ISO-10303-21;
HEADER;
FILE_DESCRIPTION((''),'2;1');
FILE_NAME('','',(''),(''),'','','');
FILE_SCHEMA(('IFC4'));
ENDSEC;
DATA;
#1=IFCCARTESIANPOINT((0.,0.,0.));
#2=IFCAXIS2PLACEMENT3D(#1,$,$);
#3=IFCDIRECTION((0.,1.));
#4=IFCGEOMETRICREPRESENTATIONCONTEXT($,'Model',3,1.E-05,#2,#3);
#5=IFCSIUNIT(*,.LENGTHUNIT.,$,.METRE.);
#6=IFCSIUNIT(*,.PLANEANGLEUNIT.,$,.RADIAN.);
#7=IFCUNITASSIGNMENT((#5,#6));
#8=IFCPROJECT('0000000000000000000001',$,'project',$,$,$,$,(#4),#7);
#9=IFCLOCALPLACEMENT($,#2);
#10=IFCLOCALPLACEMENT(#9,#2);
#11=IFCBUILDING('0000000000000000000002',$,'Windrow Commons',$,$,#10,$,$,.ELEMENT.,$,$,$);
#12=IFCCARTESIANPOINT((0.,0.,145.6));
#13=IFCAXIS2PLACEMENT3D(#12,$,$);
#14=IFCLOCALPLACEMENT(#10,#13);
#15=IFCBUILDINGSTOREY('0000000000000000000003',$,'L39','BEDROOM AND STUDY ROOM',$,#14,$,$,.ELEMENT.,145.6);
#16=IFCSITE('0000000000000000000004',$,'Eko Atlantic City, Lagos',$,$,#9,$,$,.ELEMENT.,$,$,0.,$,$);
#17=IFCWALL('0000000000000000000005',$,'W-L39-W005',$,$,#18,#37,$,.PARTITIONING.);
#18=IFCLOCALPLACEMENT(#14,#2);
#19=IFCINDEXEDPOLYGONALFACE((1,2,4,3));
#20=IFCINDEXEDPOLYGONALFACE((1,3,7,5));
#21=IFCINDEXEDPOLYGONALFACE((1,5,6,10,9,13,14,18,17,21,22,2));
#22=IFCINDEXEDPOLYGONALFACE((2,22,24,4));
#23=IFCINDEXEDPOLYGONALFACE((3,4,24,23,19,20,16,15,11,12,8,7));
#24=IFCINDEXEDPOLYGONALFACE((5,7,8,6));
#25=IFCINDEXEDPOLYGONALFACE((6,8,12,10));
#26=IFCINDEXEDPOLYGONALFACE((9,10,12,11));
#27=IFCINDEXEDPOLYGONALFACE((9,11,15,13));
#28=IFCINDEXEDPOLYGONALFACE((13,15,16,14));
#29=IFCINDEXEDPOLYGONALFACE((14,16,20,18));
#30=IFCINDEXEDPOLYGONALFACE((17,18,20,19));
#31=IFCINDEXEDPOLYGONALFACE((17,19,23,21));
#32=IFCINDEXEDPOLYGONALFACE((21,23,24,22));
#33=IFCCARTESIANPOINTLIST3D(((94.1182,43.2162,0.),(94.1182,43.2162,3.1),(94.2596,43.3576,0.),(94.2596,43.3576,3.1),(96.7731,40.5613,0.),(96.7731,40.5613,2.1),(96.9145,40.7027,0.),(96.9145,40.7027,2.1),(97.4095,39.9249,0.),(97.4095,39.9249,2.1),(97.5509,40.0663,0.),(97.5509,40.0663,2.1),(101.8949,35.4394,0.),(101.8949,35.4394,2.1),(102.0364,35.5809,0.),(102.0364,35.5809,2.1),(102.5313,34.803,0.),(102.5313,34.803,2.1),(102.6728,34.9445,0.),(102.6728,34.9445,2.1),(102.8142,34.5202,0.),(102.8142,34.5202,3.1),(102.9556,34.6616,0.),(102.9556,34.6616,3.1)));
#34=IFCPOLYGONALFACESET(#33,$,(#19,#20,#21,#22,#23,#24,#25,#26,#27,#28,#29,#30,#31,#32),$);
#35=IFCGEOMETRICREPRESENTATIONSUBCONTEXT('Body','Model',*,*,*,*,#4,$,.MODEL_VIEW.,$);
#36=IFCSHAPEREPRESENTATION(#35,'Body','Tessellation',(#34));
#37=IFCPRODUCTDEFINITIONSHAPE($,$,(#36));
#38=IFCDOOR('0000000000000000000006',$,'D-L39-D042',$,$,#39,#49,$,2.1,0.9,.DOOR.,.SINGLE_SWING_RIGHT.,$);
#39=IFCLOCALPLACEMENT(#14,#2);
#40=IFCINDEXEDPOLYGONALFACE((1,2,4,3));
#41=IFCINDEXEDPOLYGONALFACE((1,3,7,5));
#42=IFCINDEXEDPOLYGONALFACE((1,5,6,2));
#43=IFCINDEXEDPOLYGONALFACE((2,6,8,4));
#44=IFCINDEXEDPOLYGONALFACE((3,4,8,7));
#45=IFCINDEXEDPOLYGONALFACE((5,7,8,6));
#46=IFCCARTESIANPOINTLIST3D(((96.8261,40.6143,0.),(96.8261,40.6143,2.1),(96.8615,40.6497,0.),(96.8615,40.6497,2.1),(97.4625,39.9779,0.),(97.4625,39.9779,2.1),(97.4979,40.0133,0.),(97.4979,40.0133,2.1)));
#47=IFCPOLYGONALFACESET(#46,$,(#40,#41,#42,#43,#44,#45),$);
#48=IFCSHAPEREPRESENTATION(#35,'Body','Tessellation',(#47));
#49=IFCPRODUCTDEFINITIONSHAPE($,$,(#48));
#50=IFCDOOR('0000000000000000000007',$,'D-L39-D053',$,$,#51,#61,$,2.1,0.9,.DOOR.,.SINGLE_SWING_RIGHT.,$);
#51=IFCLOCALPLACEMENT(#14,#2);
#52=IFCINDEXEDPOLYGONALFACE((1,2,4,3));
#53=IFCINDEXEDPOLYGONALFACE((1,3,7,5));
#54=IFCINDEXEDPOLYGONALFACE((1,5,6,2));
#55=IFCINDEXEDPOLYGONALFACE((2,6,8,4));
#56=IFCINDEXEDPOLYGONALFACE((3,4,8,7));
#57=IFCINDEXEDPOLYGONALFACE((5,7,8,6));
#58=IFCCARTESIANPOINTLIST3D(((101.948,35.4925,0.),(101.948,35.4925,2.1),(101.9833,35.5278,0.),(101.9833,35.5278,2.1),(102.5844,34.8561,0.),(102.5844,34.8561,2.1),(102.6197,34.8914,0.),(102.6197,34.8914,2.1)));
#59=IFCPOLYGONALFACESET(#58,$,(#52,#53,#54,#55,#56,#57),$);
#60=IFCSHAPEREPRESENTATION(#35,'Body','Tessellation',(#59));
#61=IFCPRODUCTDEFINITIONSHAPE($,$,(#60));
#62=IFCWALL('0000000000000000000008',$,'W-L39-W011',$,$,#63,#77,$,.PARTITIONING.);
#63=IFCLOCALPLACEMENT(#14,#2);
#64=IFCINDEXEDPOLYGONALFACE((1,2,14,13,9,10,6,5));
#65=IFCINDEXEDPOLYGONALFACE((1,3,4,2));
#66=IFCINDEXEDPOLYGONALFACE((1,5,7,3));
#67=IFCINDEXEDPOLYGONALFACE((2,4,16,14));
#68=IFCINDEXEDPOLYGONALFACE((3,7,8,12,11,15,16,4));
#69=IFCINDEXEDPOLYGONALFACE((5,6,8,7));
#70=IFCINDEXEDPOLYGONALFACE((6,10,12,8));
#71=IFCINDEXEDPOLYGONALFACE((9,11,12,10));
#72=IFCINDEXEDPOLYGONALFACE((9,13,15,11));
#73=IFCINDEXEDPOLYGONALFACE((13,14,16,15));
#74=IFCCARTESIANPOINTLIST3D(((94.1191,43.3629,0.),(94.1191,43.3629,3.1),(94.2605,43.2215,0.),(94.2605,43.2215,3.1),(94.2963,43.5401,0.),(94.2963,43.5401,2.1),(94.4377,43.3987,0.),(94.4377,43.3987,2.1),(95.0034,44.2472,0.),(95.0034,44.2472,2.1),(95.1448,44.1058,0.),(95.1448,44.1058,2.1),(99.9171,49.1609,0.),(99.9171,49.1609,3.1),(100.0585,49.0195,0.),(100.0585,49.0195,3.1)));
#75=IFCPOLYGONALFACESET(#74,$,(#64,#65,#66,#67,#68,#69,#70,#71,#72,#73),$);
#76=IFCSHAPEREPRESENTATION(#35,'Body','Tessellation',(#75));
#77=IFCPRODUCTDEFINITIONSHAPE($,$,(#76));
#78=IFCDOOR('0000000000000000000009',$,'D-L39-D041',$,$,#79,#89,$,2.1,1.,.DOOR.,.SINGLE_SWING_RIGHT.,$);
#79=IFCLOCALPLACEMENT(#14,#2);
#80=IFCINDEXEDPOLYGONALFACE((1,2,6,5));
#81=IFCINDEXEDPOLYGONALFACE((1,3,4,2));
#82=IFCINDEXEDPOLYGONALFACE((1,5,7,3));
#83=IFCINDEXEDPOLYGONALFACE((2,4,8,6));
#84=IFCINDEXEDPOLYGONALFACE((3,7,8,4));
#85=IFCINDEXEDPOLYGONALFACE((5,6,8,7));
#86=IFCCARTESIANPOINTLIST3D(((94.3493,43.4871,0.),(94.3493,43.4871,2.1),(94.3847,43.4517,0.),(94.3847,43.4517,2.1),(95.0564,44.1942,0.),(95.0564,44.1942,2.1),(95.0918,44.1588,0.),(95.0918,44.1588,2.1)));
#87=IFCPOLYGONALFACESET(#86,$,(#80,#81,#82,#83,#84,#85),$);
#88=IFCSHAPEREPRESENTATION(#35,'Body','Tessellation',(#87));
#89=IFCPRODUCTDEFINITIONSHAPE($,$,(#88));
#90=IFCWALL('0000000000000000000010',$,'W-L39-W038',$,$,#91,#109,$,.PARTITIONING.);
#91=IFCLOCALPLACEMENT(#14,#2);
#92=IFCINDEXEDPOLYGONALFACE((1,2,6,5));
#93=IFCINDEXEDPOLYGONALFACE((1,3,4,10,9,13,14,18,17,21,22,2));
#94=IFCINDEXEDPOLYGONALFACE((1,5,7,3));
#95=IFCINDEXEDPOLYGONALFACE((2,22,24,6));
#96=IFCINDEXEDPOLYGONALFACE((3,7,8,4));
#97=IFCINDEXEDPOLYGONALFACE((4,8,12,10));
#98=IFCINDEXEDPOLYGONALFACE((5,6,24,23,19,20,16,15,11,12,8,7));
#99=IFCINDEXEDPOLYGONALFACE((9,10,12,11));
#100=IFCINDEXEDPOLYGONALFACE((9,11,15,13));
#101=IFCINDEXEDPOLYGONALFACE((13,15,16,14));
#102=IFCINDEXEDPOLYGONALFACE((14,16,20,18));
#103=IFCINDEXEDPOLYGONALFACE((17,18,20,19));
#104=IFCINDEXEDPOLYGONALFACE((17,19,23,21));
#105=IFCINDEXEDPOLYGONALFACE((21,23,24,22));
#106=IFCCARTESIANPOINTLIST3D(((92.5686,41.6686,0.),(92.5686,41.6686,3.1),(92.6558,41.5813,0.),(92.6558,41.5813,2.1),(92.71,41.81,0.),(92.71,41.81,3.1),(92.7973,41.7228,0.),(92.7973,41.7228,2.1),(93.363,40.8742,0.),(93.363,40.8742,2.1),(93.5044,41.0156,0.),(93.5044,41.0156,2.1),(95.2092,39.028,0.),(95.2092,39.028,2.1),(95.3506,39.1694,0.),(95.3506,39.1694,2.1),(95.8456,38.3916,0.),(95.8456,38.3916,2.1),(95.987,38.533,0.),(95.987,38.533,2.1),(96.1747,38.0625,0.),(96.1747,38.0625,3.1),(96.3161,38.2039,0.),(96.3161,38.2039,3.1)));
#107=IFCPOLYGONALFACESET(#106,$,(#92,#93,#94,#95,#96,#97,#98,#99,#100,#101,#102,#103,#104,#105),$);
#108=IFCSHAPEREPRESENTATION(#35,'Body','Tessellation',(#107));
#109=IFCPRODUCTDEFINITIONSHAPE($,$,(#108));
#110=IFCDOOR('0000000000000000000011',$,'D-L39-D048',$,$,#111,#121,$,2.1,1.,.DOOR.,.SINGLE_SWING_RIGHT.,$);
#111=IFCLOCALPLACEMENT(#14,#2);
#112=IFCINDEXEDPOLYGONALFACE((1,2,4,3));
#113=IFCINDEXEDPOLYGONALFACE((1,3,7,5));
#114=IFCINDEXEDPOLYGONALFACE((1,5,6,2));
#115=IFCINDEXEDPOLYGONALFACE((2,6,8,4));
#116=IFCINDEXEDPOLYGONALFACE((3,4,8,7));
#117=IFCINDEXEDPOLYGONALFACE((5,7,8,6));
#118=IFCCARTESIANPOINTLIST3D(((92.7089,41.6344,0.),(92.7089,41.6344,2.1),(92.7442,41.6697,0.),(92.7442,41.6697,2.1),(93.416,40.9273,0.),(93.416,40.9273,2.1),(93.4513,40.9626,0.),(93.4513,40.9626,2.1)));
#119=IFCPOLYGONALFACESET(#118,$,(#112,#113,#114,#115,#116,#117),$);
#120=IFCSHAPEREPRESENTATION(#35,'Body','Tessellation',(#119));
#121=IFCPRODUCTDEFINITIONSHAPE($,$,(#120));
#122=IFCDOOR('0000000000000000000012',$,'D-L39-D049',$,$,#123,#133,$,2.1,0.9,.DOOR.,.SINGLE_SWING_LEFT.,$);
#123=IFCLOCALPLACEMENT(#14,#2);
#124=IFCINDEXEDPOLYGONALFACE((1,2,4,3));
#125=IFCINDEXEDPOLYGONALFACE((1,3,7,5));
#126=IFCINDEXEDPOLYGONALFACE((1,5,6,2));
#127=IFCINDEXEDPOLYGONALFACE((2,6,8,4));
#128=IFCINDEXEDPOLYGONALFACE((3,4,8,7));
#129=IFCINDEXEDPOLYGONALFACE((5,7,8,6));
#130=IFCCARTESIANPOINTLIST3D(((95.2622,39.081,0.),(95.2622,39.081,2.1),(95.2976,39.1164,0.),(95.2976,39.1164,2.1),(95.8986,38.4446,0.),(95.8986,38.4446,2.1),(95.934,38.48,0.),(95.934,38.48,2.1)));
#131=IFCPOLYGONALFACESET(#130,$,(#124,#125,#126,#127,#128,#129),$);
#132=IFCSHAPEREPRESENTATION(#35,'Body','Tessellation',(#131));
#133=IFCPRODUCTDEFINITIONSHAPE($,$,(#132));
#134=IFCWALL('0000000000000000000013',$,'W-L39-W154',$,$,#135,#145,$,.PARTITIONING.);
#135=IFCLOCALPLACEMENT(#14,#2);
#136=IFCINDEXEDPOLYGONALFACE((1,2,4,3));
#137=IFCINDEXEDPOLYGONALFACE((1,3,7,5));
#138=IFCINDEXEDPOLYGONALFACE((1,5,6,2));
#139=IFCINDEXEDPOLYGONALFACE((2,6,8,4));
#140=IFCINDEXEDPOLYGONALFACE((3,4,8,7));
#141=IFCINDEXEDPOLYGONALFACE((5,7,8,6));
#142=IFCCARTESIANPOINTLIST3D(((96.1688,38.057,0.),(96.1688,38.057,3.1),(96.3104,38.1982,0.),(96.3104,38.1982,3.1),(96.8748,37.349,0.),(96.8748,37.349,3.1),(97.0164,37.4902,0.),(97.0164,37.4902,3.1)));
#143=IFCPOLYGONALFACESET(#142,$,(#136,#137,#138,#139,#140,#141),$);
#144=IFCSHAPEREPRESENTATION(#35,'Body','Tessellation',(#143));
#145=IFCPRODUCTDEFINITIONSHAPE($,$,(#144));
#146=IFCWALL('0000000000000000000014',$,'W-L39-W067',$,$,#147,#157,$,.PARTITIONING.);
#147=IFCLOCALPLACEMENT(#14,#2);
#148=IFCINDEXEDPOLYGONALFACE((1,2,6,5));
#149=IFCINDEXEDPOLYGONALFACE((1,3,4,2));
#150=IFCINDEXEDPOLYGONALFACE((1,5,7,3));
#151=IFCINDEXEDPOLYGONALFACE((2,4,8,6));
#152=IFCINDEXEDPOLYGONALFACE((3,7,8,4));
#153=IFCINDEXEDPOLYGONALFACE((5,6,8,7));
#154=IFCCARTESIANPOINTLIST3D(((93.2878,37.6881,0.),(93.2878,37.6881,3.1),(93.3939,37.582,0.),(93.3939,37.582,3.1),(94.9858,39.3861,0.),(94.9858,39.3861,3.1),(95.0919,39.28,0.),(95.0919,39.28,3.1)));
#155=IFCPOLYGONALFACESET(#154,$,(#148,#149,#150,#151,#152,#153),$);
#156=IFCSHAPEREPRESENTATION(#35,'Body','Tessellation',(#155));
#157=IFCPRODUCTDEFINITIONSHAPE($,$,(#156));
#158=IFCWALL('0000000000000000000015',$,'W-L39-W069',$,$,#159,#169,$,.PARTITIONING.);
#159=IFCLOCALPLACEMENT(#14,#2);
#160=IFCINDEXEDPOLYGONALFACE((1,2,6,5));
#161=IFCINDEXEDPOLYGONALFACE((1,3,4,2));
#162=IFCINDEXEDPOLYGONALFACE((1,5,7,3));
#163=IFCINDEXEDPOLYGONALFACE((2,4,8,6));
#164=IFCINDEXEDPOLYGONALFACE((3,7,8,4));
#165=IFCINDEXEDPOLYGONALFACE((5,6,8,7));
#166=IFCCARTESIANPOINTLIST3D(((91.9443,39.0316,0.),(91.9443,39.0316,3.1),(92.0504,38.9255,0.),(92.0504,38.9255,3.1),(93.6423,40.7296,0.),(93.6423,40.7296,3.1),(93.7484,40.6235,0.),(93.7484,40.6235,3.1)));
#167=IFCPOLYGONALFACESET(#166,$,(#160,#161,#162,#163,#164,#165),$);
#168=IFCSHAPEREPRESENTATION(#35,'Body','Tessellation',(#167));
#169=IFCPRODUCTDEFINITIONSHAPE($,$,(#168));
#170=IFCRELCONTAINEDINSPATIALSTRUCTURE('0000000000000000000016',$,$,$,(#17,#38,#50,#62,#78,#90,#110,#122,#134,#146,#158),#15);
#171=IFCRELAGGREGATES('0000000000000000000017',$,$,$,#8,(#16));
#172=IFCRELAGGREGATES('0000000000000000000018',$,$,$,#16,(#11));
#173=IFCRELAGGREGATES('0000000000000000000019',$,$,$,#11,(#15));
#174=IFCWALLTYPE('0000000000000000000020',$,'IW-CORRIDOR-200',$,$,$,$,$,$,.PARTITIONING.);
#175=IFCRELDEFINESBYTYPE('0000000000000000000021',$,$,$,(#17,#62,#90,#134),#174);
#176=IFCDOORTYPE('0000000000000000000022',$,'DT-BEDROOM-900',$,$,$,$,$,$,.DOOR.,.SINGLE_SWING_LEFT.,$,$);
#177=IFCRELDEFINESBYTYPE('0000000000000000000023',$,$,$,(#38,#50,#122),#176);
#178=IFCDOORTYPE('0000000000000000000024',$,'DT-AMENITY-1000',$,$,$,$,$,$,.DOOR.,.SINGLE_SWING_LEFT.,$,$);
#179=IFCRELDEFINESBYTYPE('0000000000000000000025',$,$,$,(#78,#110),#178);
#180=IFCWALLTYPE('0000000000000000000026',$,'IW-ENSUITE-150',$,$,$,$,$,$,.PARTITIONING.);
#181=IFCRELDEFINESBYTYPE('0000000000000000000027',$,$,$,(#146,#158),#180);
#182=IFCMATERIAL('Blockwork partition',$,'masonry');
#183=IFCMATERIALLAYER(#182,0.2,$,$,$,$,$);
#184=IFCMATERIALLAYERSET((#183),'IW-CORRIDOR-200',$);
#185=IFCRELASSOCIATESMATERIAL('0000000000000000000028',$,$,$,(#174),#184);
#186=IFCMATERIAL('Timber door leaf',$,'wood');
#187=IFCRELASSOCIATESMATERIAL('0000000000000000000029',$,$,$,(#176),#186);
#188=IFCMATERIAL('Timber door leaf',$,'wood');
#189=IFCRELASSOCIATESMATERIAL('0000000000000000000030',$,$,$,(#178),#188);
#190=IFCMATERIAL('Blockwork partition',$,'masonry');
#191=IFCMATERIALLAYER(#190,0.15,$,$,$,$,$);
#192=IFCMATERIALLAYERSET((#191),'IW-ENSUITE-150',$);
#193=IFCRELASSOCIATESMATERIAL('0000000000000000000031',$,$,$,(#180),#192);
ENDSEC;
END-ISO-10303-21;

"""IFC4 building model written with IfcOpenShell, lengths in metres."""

from ifc_helpers import new_model, si_unit, direction, frame, frame_2d, origin, place, context, subcontext, project, spatial, rectangle, extrude, material, layer, layer_set, type_object, element, fill, save


model = new_model("IFC4")

# Units and contexts
model_context = context("Model", 3, precision=1e-05, world=origin(), true_north=direction((0.0, 1.0)))
body_context = subcontext(model_context, "Body", "Model", "MODEL_VIEW")
ifc_project = project(units=[si_unit("LENGTHUNIT", "METRE"), si_unit("PLANEANGLEUNIT", "RADIAN")], contexts=[model_context])

# Site, building, storey
site_placement = place(None, origin())
site = spatial("IfcSite", under=ifc_project, at=site_placement, Name="Eko Atlantic City, Lagos", CompositionType="ELEMENT", RefElevation=0.0)
building_placement = place(site_placement, origin())
building = spatial("IfcBuilding", under=site, at=building_placement, Name="Windrow Commons", CompositionType="ELEMENT")
storey_placement = place(building_placement, frame((0.0, 0.0, 145.6)))
storey = spatial("IfcBuildingStorey", under=building, at=storey_placement, Name="L39", Description="BEDROOM AND STUDY ROOM", CompositionType="ELEMENT", Elevation=145.6)

# Wall, openings, doors
ifc_material_1 = material(Name="Blockwork partition", Category="masonry")
ifc_layer_1 = layer(ifc_material_1, 0.2)
ifc_layer_set_1 = layer_set([ifc_layer_1], Name="IW-CORRIDOR-200")
wall_type_1 = type_object("IfcWallType", Name="IW-CORRIDOR-200", PredefinedType="PARTITIONING", material=ifc_layer_set_1)
wall_1_placement = place(storey_placement, frame((94.1889, 43.2869, 0.0), z_axis=(0.0, 0.0, 1.0), x_axis=(0.707107, -0.707107, 0.0)))
wall_1 = element("IfcWall", 1, at=wall_1_placement, inside=storey, type_object=wall_type_1, Name="W-L39-W005", PredefinedType="PARTITIONING", context=body_context, shape_type="SweptSolid", body=[
    extrude(rectangle(XDim=12.298, YDim=0.2, at=frame_2d((6.149, 0.0))), origin(), (0.0, 0.0, 1.0), 3.1),
])
opening_1_placement = place(wall_1_placement, frame((3.7546, 0.0, 0.0)))
opening_1 = element("IfcOpeningElement", 2, at=opening_1_placement, cuts=wall_1, PredefinedType="OPENING", context=body_context, shape_type="SweptSolid", body=[
    extrude(rectangle(XDim=0.9, YDim=2.1, at=frame_2d((0.45, 1.05))), frame((0.0, 0.11, 0.0), z_axis=(0.0, -1.0, 0.0), x_axis=(1.0, 0.0, 0.0)), (0.0, 0.0, 1.0), 0.22),
])
opening_2_placement = place(wall_1_placement, frame((10.998, 0.0, 0.0)))
opening_2 = element("IfcOpeningElement", 3, at=opening_2_placement, cuts=wall_1, PredefinedType="OPENING", context=body_context, shape_type="SweptSolid", body=[
    extrude(rectangle(XDim=0.9, YDim=2.1, at=frame_2d((0.45, 1.05))), frame((0.0, 0.11, 0.0), z_axis=(0.0, -1.0, 0.0), x_axis=(1.0, 0.0, 0.0)), (0.0, 0.0, 1.0), 0.22),
])
ifc_material_2 = material(Name="Timber door leaf", Category="wood")
door_type_1 = type_object("IfcDoorType", Name="DT-BEDROOM-900", OperationType="SINGLE_SWING_LEFT", PredefinedType="DOOR", material=ifc_material_2)
door_1_placement = place(opening_1_placement, origin())
door_1 = element("IfcDoor", 4, at=door_1_placement, inside=storey, type_object=door_type_1, Name="D-L39-D042", OperationType="SINGLE_SWING_RIGHT", OverallHeight=2.1, OverallWidth=0.9, PredefinedType="DOOR", context=body_context, shape_type="SweptSolid", body=[
    extrude(rectangle(XDim=0.9, YDim=2.1, at=frame_2d((0.45, 1.05))), frame((0.0, 0.025, 0.0), z_axis=(0.0, -1.0, 0.0), x_axis=(1.0, 0.0, 0.0)), (0.0, 0.0, 1.0), 0.05),
])
fill(opening_1, door_1)
door_2_placement = place(opening_2_placement, origin())
door_2 = element("IfcDoor", 5, at=door_2_placement, inside=storey, type_object=door_type_1, Name="D-L39-D053", OperationType="SINGLE_SWING_RIGHT", OverallHeight=2.1, OverallWidth=0.9, PredefinedType="DOOR", context=body_context, shape_type="SweptSolid", body=[
    extrude(rectangle(XDim=0.9, YDim=2.1, at=frame_2d((0.45, 1.05))), frame((0.0, 0.025, 0.0), z_axis=(0.0, -1.0, 0.0), x_axis=(1.0, 0.0, 0.0)), (0.0, 0.0, 1.0), 0.05),
])
fill(opening_2, door_2)

# Wall, opening, door
wall_2_placement = place(storey_placement, frame((94.1898, 43.2922, 0.0), z_axis=(0.0, 0.0, 1.0), x_axis=(0.707107, 0.707107, 0.0)))
wall_2 = element("IfcWall", 6, at=wall_2_placement, inside=storey, type_object=wall_type_1, Name="W-L39-W011", PredefinedType="PARTITIONING", context=body_context, shape_type="SweptSolid", body=[
    extrude(rectangle(XDim=8.1996, YDim=0.2, at=frame_2d((4.0998, 0.0))), origin(), (0.0, 0.0, 1.0), 3.1),
])
opening_3_placement = place(wall_2_placement, frame((0.2506, 0.0, 0.0)))
opening_3 = element("IfcOpeningElement", 7, at=opening_3_placement, cuts=wall_2, PredefinedType="OPENING", context=body_context, shape_type="SweptSolid", body=[
    extrude(rectangle(XDim=1.0, YDim=2.1, at=frame_2d((0.5, 1.05))), frame((0.0, 0.11, 0.0), z_axis=(0.0, -1.0, 0.0), x_axis=(1.0, 0.0, 0.0)), (0.0, 0.0, 1.0), 0.22),
])
ifc_material_3 = material(Name="Timber door leaf", Category="wood")
door_type_2 = type_object("IfcDoorType", Name="DT-AMENITY-1000", OperationType="SINGLE_SWING_LEFT", PredefinedType="DOOR", material=ifc_material_3)
door_3_placement = place(opening_3_placement, origin())
door_3 = element("IfcDoor", 8, at=door_3_placement, inside=storey, type_object=door_type_2, Name="D-L39-D041", OperationType="SINGLE_SWING_RIGHT", OverallHeight=2.1, OverallWidth=1.0, PredefinedType="DOOR", context=body_context, shape_type="SweptSolid", body=[
    extrude(rectangle(XDim=1.0, YDim=2.1, at=frame_2d((0.5, 1.05))), frame((0.0, 0.025, 0.0), z_axis=(0.0, -1.0, 0.0), x_axis=(1.0, 0.0, 0.0)), (0.0, 0.0, 1.0), 0.05),
])
fill(opening_3, door_3)

# Wall, openings, doors
wall_3_placement = place(storey_placement, frame((92.6393, 41.7393, 0.0), z_axis=(0.0, 0.0, 1.0), x_axis=(0.707107, -0.707107, 0.0)))
wall_3 = element("IfcWall", 9, at=wall_3_placement, inside=storey, type_object=wall_type_1, Name="W-L39-W038", PredefinedType="PARTITIONING", context=body_context, shape_type="SweptSolid", body=[
    extrude(rectangle(XDim=5.0997, YDim=0.2, at=frame_2d((2.5499, 0.0))), origin(), (0.0, 0.0, 1.0), 3.1),
])
opening_4_placement = place(wall_3_placement, frame((0.1234, 0.0, 0.0)))
opening_4 = element("IfcOpeningElement", 10, at=opening_4_placement, cuts=wall_3, PredefinedType="OPENING", context=body_context, shape_type="SweptSolid", body=[
    extrude(rectangle(XDim=1.0, YDim=2.1, at=frame_2d((0.5, 1.05))), frame((0.0, 0.11, 0.0), z_axis=(0.0, -1.0, 0.0), x_axis=(1.0, 0.0, 0.0)), (0.0, 0.0, 1.0), 0.22),
])
opening_5_placement = place(wall_3_placement, frame((3.7344, 0.0, 0.0)))
opening_5 = element("IfcOpeningElement", 11, at=opening_5_placement, cuts=wall_3, PredefinedType="OPENING", context=body_context, shape_type="SweptSolid", body=[
    extrude(rectangle(XDim=0.9, YDim=2.1, at=frame_2d((0.45, 1.05))), frame((0.0, 0.11, 0.0), z_axis=(0.0, -1.0, 0.0), x_axis=(1.0, 0.0, 0.0)), (0.0, 0.0, 1.0), 0.22),
])
door_4_placement = place(opening_4_placement, origin())
door_4 = element("IfcDoor", 12, at=door_4_placement, inside=storey, type_object=door_type_2, Name="D-L39-D048", OperationType="SINGLE_SWING_RIGHT", OverallHeight=2.1, OverallWidth=1.0, PredefinedType="DOOR", context=body_context, shape_type="SweptSolid", body=[
    extrude(rectangle(XDim=1.0, YDim=2.1, at=frame_2d((0.5, 1.05))), frame((0.0, 0.025, 0.0), z_axis=(0.0, -1.0, 0.0), x_axis=(1.0, 0.0, 0.0)), (0.0, 0.0, 1.0), 0.05),
])
fill(opening_4, door_4)
door_5_placement = place(opening_5_placement, origin())
door_5 = element("IfcDoor", 13, at=door_5_placement, inside=storey, type_object=door_type_1, Name="D-L39-D049", OperationType="SINGLE_SWING_LEFT", OverallHeight=2.1, OverallWidth=0.9, PredefinedType="DOOR", context=body_context, shape_type="SweptSolid", body=[
    extrude(rectangle(XDim=0.9, YDim=2.1, at=frame_2d((0.45, 1.05))), frame((0.0, 0.025, 0.0), z_axis=(0.0, -1.0, 0.0), x_axis=(1.0, 0.0, 0.0)), (0.0, 0.0, 1.0), 0.05),
])
fill(opening_5, door_5)

# Walls
wall_4_placement = place(storey_placement, frame((96.2396, 38.1276, 0.0), z_axis=(0.0, 0.0, 1.0), x_axis=(0.706106, -0.708106, 0.0)))
element("IfcWall", 14, at=wall_4_placement, inside=storey, type_object=wall_type_1, Name="W-L39-W154", PredefinedType="PARTITIONING", context=body_context, shape_type="SweptSolid", body=[
    extrude(rectangle(XDim=0.9998, YDim=0.2, at=frame_2d((0.4999, 0.0))), origin(), (0.0, 0.0, 1.0), 3.1),
])
ifc_material_4 = material(Name="Blockwork partition", Category="masonry")
ifc_layer_2 = layer(ifc_material_4, 0.15)
ifc_layer_set_2 = layer_set([ifc_layer_2], Name="IW-ENSUITE-150")
wall_type_2 = type_object("IfcWallType", Name="IW-ENSUITE-150", PredefinedType="PARTITIONING", material=ifc_layer_set_2)
for number, where, z_axis, x_axis, name in (
    (15, (93.3409, 37.6351, 0.0), (0.0, 0.0, 1.0), (0.707107, 0.707107, 0.0), "W-L39-W067"),
    (16, (91.9974, 38.9786, 0.0), (0.0, 0.0, 1.0), (0.707107, 0.707107, 0.0), "W-L39-W069"),
):
    element("IfcWall", number, at=place(storey_placement, frame(where, z_axis=z_axis, x_axis=x_axis)), inside=storey, type_object=wall_type_2, Name=name, PredefinedType="PARTITIONING", context=body_context, shape_type="SweptSolid", body=[
        extrude(rectangle(XDim=2.4013, YDim=0.15, at=frame_2d((1.2006, 0.0))), origin(), (0.0, 0.0, 1.0), 3.1),
    ])

save(model, "model.ifc")
